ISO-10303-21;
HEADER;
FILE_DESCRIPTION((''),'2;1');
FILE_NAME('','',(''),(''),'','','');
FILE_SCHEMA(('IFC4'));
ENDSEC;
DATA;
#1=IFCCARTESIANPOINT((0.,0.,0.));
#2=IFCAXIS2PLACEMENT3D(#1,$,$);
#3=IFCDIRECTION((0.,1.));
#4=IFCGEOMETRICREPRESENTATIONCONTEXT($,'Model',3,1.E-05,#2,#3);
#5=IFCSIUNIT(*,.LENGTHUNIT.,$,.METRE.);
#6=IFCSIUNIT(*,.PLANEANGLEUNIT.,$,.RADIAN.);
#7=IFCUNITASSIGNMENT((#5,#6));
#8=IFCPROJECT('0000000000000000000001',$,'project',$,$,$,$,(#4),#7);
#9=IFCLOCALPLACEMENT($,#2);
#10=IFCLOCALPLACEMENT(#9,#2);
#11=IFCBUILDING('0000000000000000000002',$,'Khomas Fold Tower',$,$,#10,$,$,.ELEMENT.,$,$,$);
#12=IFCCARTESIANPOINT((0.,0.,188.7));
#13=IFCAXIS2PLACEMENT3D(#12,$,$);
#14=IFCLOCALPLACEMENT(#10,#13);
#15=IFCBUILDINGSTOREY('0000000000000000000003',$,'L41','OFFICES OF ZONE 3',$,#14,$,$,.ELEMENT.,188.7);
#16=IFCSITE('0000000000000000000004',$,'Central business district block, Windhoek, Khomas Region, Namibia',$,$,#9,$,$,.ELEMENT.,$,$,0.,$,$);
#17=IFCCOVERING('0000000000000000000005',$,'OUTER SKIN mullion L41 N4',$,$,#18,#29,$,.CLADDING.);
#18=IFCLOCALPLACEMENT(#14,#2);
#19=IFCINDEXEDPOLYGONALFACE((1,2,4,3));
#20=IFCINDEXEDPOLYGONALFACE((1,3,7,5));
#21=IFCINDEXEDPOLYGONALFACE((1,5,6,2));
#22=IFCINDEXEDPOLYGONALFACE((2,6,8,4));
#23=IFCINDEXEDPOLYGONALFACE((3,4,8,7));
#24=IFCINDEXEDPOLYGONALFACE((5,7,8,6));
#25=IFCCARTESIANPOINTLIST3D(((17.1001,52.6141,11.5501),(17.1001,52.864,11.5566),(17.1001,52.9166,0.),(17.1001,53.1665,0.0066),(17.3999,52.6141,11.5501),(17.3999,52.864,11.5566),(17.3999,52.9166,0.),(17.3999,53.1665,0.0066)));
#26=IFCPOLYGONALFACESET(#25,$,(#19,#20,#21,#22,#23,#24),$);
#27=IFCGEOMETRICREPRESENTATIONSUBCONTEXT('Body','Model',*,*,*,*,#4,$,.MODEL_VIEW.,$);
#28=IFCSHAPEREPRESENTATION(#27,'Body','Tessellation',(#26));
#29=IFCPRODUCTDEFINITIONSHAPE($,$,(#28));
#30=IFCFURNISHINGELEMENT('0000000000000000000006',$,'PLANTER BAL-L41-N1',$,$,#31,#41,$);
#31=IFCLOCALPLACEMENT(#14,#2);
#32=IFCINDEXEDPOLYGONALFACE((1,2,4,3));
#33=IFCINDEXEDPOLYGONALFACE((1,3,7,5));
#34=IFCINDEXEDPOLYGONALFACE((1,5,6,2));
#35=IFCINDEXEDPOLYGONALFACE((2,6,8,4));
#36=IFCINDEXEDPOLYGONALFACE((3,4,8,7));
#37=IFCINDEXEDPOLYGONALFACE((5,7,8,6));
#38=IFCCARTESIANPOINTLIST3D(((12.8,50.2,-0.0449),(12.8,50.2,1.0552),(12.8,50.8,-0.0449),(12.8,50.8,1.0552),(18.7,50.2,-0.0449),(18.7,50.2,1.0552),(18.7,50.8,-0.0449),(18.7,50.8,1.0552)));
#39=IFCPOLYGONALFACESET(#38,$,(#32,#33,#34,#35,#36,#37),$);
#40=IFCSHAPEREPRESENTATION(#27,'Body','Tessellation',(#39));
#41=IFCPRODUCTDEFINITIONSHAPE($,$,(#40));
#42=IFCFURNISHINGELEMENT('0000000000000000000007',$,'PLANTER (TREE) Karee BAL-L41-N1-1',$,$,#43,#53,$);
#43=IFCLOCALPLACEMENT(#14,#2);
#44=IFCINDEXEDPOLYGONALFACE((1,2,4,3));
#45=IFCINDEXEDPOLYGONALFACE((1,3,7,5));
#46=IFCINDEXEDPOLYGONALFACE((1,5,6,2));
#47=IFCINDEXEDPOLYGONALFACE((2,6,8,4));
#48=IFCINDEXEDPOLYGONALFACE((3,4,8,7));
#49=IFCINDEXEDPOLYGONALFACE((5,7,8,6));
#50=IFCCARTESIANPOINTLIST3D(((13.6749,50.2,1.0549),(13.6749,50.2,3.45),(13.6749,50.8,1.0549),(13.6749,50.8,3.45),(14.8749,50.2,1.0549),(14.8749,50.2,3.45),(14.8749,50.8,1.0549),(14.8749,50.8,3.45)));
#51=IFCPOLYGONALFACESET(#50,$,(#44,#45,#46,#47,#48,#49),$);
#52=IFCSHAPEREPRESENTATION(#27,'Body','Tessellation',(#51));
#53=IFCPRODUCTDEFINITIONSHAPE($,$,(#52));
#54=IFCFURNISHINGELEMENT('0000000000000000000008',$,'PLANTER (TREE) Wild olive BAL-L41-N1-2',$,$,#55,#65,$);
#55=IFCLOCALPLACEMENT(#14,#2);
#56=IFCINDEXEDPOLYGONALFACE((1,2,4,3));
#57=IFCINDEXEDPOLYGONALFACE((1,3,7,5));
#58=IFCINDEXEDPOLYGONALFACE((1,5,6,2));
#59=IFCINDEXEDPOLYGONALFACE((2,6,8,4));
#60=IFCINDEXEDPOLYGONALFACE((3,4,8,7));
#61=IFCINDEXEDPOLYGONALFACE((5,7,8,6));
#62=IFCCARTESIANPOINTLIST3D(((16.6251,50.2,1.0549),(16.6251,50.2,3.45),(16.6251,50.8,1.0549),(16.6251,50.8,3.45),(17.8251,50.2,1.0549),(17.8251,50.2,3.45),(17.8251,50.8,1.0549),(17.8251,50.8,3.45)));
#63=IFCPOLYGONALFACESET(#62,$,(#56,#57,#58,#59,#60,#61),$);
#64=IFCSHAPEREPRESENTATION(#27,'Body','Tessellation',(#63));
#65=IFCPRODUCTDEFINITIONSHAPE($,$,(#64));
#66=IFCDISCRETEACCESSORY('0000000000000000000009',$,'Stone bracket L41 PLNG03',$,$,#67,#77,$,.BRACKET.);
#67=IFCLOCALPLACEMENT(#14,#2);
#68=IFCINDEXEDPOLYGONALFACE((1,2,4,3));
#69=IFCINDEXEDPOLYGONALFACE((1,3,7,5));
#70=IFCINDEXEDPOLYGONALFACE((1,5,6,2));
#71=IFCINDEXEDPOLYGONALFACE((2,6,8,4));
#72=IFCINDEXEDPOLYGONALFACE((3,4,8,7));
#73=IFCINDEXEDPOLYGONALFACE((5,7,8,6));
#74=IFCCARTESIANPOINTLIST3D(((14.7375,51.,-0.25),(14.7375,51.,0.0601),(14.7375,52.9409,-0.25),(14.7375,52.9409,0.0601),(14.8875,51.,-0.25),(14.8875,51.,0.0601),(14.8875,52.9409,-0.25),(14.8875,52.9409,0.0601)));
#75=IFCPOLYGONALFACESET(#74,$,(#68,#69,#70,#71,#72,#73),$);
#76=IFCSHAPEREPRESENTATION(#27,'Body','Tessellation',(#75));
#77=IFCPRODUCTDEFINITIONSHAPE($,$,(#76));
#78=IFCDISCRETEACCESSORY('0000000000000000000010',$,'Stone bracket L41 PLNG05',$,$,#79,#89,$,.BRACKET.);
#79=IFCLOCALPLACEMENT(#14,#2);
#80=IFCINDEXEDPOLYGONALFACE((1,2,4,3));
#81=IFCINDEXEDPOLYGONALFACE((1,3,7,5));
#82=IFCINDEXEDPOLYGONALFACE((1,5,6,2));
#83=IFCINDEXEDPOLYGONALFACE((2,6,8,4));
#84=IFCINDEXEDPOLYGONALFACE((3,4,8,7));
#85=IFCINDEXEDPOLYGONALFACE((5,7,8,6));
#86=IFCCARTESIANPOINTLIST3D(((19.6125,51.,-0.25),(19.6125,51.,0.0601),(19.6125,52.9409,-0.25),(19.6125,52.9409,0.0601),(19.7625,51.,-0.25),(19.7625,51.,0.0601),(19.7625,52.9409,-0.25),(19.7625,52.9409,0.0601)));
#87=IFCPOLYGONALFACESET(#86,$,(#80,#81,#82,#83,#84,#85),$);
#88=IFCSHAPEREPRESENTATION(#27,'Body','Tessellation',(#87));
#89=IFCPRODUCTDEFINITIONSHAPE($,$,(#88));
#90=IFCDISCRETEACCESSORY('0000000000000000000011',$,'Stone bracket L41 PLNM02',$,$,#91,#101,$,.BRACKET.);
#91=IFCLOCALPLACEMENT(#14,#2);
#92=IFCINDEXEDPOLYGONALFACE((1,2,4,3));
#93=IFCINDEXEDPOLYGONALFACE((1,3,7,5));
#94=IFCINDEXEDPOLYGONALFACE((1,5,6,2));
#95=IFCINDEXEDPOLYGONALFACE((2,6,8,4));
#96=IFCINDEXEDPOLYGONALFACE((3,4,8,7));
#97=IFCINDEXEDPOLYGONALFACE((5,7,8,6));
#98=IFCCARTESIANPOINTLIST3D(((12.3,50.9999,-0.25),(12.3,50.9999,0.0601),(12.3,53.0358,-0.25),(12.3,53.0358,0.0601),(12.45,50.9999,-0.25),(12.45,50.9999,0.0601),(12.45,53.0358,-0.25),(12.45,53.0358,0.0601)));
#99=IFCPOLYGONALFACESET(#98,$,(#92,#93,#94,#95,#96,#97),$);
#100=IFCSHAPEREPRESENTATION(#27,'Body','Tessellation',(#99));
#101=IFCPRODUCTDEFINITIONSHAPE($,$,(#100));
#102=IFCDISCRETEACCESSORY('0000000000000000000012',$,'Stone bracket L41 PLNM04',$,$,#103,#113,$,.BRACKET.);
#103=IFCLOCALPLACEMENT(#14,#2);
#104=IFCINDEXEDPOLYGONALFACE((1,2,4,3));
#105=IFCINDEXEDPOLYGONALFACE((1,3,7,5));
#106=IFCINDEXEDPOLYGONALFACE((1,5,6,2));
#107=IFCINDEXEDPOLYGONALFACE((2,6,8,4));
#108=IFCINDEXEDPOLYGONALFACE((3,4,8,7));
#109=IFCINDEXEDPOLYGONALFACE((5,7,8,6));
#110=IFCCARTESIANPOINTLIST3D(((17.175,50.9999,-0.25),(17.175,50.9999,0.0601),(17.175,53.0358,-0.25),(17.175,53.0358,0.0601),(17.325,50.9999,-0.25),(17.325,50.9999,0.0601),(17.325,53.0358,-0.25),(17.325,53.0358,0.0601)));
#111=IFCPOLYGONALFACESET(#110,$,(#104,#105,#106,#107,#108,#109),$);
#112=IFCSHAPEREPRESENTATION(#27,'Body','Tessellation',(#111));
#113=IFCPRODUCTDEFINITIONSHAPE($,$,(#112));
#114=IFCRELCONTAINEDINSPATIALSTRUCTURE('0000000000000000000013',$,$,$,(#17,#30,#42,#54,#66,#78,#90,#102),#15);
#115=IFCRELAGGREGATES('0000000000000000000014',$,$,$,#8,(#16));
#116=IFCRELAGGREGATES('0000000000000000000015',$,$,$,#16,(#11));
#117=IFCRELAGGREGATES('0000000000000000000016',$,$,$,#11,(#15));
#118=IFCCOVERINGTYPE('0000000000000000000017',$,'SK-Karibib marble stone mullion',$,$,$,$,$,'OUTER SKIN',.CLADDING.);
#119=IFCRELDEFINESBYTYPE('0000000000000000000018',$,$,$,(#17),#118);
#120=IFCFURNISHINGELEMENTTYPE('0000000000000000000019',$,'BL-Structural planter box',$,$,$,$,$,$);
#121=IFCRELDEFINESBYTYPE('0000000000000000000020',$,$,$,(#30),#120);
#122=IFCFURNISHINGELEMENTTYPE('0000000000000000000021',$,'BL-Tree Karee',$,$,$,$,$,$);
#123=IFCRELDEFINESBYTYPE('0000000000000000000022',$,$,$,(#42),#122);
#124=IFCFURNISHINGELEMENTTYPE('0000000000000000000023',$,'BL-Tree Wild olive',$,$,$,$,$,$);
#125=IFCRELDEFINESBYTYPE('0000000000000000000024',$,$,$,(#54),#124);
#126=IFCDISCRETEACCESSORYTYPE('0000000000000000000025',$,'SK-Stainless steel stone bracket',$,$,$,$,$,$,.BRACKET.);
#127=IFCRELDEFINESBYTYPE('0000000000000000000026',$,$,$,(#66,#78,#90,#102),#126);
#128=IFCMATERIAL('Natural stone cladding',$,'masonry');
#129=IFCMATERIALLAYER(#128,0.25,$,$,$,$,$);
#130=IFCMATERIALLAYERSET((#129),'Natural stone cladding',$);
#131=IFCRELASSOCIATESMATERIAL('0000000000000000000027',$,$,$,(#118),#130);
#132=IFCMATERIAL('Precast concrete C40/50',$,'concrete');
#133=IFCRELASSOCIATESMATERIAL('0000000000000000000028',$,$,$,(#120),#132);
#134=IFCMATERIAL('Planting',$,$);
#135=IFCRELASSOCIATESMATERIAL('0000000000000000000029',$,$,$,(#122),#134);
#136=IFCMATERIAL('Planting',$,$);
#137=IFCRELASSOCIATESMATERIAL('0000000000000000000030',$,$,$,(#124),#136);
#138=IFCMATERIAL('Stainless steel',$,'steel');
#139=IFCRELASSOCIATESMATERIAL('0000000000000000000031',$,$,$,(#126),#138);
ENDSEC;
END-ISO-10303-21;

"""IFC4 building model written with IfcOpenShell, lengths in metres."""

from ifc_helpers import new_model, si_unit, direction, frame, origin, origin_2d, place, context, subcontext, project, spatial, polyline, rectangle, outline, extrude, source, transform, mapped, material, layer, layer_set, type_object, element, save


model = new_model("IFC4")

# Units and contexts
model_context = context("Model", 3, precision=1e-05, world=origin(), true_north=direction((0.0, 1.0)))
body_context = subcontext(model_context, "Body", "Model", "MODEL_VIEW")
ifc_project = project(units=[si_unit("LENGTHUNIT", "METRE"), si_unit("PLANEANGLEUNIT", "RADIAN")], contexts=[model_context])

# Site, building, storey
site_placement = place(None, origin())
site = spatial("IfcSite", under=ifc_project, at=site_placement, Name="Central business district block, Windhoek, Khomas Region, Namibia", CompositionType="ELEMENT", RefElevation=0.0)
building_placement = place(site_placement, origin())
building = spatial("IfcBuilding", under=site, at=building_placement, Name="Khomas Fold Tower", CompositionType="ELEMENT")
storey_placement = place(building_placement, frame((0.0, 0.0, 188.7)))
storey = spatial("IfcBuildingStorey", under=building, at=storey_placement, Name="L41", Description="OFFICES OF ZONE 3", CompositionType="ELEMENT", Elevation=188.7)

# Covering
ifc_material_1 = material(Name="Natural stone cladding", Category="masonry")
ifc_layer_1 = layer(ifc_material_1, 0.25)
ifc_layer_set_1 = layer_set([ifc_layer_1], Name="Natural stone cladding")
covering_type = type_object("IfcCoveringType", Name="SK-Karibib marble stone mullion", ElementType="OUTER SKIN", PredefinedType="CLADDING", material=ifc_layer_set_1)
covering_placement = place(storey_placement, frame((17.1001, 53.1665, 0.0066), z_axis=(0.0, 0.999657, 0.026181), x_axis=(1.0, 0.0, 0.0)))
element("IfcCovering", 1, at=covering_placement, inside=storey, type_object=covering_type, Name="OUTER SKIN mullion L41 N4", PredefinedType="CLADDING", context=body_context, shape_type="SweptSolid", body=[
    extrude(outline(polyline([(0.0, 0.0), (0.2998, 0.0), (0.2998, -11.554), (0.0, -11.554), (0.0, 0.0)])), origin(), (0.0, 0.0, -1.0), 0.25),
])

# Furnishing elements
ifc_material_2 = material(Name="Precast concrete C40/50", Category="concrete")
furnishing_element_type_1 = type_object("IfcFurnishingElementType", Name="BL-Structural planter box", material=ifc_material_2)
shared_shape_1 = source(origin(), body_context, "Body", "SweptSolid", [
    extrude(rectangle(XDim=5.8999, YDim=0.6001, at=origin_2d()), origin(), (0.0, 0.0, 1.0), 1.1001),
])
furnishing_1_placement = place(storey_placement, frame((15.75, 50.5, -0.0449), z_axis=(0.0, 0.0, 1.0), x_axis=(1.0, 0.0, 0.0)))
element("IfcFurnishingElement", 2, at=furnishing_1_placement, inside=storey, type_object=furnishing_element_type_1, Name="PLANTER BAL-L41-N1", context=body_context, shape_type="MappedRepresentation", body=[
    mapped(shared_shape_1, transform((0.0, 0.0, 0.0))),
])
ifc_material_3 = material(Name="Planting")
furnishing_element_type_2 = type_object("IfcFurnishingElementType", Name="BL-Tree Karee", material=ifc_material_3)
shared_shape_2 = source(origin(), body_context, "Body", "SweptSolid", [
    extrude(rectangle(XDim=1.2, YDim=0.6001, at=origin_2d()), origin(), (0.0, 0.0, 1.0), 2.395),
])
furnishing_2_placement = place(storey_placement, frame((14.2749, 50.5, 1.0549), z_axis=(0.0, 0.0, 1.0), x_axis=(1.0, 0.0, 0.0)))
element("IfcFurnishingElement", 3, at=furnishing_2_placement, inside=storey, type_object=furnishing_element_type_2, Name="PLANTER (TREE) Karee BAL-L41-N1-1", context=body_context, shape_type="MappedRepresentation", body=[
    mapped(shared_shape_2, transform((0.0, 0.0, 0.0))),
])
ifc_material_4 = material(Name="Planting")
furnishing_element_type_3 = type_object("IfcFurnishingElementType", Name="BL-Tree Wild olive", material=ifc_material_4)
furnishing_3_placement = place(storey_placement, frame((17.2251, 50.5, 1.0549), z_axis=(0.0, 0.0, 1.0), x_axis=(1.0, 0.0, 0.0)))
element("IfcFurnishingElement", 4, at=furnishing_3_placement, inside=storey, type_object=furnishing_element_type_3, Name="PLANTER (TREE) Wild olive BAL-L41-N1-2", context=body_context, shape_type="MappedRepresentation", body=[
    mapped(shared_shape_2, transform((0.0, 0.0, 0.0))),
])

# Discrete accessories
ifc_material_5 = material(Name="Stainless steel", Category="steel")
discrete_accessory_type = type_object("IfcDiscreteAccessoryType", Name="SK-Stainless steel stone bracket", PredefinedType="BRACKET", material=ifc_material_5)
shared_shape_3 = source(origin(), body_context, "Body", "SweptSolid", [
    extrude(rectangle(XDim=1.9409, YDim=0.1499, at=origin_2d()), origin(), (0.0, 0.0, 1.0), 0.3101),
])
for number, where, z_axis, x_axis, name in (
    (5, (14.8125, 51.9705, -0.25), (0.0, 0.0, 1.0), (0.0, 1.0, 0.0), "Stone bracket L41 PLNG03"),
    (6, (19.6875, 51.9705, -0.25), (0.0, 0.0, 1.0), (0.0, 1.0, 0.0), "Stone bracket L41 PLNG05"),
):
    element("IfcDiscreteAccessory", number, at=place(storey_placement, frame(where, z_axis=z_axis, x_axis=x_axis)), inside=storey, type_object=discrete_accessory_type, Name=name, PredefinedType="BRACKET", context=body_context, shape_type="MappedRepresentation", body=[
        mapped(shared_shape_3, transform((0.0, 0.0, 0.0))),
    ])
shared_shape_4 = source(origin(), body_context, "Body", "SweptSolid", [
    extrude(rectangle(XDim=2.0359, YDim=0.1499, at=origin_2d()), origin(), (0.0, 0.0, 1.0), 0.3101),
])
for number, where, z_axis, x_axis, name in (
    (7, (12.375, 52.0178, -0.25), (0.0, 0.0, 1.0), (0.0, 1.0, 0.0), "Stone bracket L41 PLNM02"),
    (8, (17.25, 52.0178, -0.25), (0.0, 0.0, 1.0), (0.0, 1.0, 0.0), "Stone bracket L41 PLNM04"),
):
    element("IfcDiscreteAccessory", number, at=place(storey_placement, frame(where, z_axis=z_axis, x_axis=x_axis)), inside=storey, type_object=discrete_accessory_type, Name=name, PredefinedType="BRACKET", context=body_context, shape_type="MappedRepresentation", body=[
        mapped(shared_shape_4, transform((0.0, 0.0, 0.0))),
    ])

save(model, "model.ifc")
